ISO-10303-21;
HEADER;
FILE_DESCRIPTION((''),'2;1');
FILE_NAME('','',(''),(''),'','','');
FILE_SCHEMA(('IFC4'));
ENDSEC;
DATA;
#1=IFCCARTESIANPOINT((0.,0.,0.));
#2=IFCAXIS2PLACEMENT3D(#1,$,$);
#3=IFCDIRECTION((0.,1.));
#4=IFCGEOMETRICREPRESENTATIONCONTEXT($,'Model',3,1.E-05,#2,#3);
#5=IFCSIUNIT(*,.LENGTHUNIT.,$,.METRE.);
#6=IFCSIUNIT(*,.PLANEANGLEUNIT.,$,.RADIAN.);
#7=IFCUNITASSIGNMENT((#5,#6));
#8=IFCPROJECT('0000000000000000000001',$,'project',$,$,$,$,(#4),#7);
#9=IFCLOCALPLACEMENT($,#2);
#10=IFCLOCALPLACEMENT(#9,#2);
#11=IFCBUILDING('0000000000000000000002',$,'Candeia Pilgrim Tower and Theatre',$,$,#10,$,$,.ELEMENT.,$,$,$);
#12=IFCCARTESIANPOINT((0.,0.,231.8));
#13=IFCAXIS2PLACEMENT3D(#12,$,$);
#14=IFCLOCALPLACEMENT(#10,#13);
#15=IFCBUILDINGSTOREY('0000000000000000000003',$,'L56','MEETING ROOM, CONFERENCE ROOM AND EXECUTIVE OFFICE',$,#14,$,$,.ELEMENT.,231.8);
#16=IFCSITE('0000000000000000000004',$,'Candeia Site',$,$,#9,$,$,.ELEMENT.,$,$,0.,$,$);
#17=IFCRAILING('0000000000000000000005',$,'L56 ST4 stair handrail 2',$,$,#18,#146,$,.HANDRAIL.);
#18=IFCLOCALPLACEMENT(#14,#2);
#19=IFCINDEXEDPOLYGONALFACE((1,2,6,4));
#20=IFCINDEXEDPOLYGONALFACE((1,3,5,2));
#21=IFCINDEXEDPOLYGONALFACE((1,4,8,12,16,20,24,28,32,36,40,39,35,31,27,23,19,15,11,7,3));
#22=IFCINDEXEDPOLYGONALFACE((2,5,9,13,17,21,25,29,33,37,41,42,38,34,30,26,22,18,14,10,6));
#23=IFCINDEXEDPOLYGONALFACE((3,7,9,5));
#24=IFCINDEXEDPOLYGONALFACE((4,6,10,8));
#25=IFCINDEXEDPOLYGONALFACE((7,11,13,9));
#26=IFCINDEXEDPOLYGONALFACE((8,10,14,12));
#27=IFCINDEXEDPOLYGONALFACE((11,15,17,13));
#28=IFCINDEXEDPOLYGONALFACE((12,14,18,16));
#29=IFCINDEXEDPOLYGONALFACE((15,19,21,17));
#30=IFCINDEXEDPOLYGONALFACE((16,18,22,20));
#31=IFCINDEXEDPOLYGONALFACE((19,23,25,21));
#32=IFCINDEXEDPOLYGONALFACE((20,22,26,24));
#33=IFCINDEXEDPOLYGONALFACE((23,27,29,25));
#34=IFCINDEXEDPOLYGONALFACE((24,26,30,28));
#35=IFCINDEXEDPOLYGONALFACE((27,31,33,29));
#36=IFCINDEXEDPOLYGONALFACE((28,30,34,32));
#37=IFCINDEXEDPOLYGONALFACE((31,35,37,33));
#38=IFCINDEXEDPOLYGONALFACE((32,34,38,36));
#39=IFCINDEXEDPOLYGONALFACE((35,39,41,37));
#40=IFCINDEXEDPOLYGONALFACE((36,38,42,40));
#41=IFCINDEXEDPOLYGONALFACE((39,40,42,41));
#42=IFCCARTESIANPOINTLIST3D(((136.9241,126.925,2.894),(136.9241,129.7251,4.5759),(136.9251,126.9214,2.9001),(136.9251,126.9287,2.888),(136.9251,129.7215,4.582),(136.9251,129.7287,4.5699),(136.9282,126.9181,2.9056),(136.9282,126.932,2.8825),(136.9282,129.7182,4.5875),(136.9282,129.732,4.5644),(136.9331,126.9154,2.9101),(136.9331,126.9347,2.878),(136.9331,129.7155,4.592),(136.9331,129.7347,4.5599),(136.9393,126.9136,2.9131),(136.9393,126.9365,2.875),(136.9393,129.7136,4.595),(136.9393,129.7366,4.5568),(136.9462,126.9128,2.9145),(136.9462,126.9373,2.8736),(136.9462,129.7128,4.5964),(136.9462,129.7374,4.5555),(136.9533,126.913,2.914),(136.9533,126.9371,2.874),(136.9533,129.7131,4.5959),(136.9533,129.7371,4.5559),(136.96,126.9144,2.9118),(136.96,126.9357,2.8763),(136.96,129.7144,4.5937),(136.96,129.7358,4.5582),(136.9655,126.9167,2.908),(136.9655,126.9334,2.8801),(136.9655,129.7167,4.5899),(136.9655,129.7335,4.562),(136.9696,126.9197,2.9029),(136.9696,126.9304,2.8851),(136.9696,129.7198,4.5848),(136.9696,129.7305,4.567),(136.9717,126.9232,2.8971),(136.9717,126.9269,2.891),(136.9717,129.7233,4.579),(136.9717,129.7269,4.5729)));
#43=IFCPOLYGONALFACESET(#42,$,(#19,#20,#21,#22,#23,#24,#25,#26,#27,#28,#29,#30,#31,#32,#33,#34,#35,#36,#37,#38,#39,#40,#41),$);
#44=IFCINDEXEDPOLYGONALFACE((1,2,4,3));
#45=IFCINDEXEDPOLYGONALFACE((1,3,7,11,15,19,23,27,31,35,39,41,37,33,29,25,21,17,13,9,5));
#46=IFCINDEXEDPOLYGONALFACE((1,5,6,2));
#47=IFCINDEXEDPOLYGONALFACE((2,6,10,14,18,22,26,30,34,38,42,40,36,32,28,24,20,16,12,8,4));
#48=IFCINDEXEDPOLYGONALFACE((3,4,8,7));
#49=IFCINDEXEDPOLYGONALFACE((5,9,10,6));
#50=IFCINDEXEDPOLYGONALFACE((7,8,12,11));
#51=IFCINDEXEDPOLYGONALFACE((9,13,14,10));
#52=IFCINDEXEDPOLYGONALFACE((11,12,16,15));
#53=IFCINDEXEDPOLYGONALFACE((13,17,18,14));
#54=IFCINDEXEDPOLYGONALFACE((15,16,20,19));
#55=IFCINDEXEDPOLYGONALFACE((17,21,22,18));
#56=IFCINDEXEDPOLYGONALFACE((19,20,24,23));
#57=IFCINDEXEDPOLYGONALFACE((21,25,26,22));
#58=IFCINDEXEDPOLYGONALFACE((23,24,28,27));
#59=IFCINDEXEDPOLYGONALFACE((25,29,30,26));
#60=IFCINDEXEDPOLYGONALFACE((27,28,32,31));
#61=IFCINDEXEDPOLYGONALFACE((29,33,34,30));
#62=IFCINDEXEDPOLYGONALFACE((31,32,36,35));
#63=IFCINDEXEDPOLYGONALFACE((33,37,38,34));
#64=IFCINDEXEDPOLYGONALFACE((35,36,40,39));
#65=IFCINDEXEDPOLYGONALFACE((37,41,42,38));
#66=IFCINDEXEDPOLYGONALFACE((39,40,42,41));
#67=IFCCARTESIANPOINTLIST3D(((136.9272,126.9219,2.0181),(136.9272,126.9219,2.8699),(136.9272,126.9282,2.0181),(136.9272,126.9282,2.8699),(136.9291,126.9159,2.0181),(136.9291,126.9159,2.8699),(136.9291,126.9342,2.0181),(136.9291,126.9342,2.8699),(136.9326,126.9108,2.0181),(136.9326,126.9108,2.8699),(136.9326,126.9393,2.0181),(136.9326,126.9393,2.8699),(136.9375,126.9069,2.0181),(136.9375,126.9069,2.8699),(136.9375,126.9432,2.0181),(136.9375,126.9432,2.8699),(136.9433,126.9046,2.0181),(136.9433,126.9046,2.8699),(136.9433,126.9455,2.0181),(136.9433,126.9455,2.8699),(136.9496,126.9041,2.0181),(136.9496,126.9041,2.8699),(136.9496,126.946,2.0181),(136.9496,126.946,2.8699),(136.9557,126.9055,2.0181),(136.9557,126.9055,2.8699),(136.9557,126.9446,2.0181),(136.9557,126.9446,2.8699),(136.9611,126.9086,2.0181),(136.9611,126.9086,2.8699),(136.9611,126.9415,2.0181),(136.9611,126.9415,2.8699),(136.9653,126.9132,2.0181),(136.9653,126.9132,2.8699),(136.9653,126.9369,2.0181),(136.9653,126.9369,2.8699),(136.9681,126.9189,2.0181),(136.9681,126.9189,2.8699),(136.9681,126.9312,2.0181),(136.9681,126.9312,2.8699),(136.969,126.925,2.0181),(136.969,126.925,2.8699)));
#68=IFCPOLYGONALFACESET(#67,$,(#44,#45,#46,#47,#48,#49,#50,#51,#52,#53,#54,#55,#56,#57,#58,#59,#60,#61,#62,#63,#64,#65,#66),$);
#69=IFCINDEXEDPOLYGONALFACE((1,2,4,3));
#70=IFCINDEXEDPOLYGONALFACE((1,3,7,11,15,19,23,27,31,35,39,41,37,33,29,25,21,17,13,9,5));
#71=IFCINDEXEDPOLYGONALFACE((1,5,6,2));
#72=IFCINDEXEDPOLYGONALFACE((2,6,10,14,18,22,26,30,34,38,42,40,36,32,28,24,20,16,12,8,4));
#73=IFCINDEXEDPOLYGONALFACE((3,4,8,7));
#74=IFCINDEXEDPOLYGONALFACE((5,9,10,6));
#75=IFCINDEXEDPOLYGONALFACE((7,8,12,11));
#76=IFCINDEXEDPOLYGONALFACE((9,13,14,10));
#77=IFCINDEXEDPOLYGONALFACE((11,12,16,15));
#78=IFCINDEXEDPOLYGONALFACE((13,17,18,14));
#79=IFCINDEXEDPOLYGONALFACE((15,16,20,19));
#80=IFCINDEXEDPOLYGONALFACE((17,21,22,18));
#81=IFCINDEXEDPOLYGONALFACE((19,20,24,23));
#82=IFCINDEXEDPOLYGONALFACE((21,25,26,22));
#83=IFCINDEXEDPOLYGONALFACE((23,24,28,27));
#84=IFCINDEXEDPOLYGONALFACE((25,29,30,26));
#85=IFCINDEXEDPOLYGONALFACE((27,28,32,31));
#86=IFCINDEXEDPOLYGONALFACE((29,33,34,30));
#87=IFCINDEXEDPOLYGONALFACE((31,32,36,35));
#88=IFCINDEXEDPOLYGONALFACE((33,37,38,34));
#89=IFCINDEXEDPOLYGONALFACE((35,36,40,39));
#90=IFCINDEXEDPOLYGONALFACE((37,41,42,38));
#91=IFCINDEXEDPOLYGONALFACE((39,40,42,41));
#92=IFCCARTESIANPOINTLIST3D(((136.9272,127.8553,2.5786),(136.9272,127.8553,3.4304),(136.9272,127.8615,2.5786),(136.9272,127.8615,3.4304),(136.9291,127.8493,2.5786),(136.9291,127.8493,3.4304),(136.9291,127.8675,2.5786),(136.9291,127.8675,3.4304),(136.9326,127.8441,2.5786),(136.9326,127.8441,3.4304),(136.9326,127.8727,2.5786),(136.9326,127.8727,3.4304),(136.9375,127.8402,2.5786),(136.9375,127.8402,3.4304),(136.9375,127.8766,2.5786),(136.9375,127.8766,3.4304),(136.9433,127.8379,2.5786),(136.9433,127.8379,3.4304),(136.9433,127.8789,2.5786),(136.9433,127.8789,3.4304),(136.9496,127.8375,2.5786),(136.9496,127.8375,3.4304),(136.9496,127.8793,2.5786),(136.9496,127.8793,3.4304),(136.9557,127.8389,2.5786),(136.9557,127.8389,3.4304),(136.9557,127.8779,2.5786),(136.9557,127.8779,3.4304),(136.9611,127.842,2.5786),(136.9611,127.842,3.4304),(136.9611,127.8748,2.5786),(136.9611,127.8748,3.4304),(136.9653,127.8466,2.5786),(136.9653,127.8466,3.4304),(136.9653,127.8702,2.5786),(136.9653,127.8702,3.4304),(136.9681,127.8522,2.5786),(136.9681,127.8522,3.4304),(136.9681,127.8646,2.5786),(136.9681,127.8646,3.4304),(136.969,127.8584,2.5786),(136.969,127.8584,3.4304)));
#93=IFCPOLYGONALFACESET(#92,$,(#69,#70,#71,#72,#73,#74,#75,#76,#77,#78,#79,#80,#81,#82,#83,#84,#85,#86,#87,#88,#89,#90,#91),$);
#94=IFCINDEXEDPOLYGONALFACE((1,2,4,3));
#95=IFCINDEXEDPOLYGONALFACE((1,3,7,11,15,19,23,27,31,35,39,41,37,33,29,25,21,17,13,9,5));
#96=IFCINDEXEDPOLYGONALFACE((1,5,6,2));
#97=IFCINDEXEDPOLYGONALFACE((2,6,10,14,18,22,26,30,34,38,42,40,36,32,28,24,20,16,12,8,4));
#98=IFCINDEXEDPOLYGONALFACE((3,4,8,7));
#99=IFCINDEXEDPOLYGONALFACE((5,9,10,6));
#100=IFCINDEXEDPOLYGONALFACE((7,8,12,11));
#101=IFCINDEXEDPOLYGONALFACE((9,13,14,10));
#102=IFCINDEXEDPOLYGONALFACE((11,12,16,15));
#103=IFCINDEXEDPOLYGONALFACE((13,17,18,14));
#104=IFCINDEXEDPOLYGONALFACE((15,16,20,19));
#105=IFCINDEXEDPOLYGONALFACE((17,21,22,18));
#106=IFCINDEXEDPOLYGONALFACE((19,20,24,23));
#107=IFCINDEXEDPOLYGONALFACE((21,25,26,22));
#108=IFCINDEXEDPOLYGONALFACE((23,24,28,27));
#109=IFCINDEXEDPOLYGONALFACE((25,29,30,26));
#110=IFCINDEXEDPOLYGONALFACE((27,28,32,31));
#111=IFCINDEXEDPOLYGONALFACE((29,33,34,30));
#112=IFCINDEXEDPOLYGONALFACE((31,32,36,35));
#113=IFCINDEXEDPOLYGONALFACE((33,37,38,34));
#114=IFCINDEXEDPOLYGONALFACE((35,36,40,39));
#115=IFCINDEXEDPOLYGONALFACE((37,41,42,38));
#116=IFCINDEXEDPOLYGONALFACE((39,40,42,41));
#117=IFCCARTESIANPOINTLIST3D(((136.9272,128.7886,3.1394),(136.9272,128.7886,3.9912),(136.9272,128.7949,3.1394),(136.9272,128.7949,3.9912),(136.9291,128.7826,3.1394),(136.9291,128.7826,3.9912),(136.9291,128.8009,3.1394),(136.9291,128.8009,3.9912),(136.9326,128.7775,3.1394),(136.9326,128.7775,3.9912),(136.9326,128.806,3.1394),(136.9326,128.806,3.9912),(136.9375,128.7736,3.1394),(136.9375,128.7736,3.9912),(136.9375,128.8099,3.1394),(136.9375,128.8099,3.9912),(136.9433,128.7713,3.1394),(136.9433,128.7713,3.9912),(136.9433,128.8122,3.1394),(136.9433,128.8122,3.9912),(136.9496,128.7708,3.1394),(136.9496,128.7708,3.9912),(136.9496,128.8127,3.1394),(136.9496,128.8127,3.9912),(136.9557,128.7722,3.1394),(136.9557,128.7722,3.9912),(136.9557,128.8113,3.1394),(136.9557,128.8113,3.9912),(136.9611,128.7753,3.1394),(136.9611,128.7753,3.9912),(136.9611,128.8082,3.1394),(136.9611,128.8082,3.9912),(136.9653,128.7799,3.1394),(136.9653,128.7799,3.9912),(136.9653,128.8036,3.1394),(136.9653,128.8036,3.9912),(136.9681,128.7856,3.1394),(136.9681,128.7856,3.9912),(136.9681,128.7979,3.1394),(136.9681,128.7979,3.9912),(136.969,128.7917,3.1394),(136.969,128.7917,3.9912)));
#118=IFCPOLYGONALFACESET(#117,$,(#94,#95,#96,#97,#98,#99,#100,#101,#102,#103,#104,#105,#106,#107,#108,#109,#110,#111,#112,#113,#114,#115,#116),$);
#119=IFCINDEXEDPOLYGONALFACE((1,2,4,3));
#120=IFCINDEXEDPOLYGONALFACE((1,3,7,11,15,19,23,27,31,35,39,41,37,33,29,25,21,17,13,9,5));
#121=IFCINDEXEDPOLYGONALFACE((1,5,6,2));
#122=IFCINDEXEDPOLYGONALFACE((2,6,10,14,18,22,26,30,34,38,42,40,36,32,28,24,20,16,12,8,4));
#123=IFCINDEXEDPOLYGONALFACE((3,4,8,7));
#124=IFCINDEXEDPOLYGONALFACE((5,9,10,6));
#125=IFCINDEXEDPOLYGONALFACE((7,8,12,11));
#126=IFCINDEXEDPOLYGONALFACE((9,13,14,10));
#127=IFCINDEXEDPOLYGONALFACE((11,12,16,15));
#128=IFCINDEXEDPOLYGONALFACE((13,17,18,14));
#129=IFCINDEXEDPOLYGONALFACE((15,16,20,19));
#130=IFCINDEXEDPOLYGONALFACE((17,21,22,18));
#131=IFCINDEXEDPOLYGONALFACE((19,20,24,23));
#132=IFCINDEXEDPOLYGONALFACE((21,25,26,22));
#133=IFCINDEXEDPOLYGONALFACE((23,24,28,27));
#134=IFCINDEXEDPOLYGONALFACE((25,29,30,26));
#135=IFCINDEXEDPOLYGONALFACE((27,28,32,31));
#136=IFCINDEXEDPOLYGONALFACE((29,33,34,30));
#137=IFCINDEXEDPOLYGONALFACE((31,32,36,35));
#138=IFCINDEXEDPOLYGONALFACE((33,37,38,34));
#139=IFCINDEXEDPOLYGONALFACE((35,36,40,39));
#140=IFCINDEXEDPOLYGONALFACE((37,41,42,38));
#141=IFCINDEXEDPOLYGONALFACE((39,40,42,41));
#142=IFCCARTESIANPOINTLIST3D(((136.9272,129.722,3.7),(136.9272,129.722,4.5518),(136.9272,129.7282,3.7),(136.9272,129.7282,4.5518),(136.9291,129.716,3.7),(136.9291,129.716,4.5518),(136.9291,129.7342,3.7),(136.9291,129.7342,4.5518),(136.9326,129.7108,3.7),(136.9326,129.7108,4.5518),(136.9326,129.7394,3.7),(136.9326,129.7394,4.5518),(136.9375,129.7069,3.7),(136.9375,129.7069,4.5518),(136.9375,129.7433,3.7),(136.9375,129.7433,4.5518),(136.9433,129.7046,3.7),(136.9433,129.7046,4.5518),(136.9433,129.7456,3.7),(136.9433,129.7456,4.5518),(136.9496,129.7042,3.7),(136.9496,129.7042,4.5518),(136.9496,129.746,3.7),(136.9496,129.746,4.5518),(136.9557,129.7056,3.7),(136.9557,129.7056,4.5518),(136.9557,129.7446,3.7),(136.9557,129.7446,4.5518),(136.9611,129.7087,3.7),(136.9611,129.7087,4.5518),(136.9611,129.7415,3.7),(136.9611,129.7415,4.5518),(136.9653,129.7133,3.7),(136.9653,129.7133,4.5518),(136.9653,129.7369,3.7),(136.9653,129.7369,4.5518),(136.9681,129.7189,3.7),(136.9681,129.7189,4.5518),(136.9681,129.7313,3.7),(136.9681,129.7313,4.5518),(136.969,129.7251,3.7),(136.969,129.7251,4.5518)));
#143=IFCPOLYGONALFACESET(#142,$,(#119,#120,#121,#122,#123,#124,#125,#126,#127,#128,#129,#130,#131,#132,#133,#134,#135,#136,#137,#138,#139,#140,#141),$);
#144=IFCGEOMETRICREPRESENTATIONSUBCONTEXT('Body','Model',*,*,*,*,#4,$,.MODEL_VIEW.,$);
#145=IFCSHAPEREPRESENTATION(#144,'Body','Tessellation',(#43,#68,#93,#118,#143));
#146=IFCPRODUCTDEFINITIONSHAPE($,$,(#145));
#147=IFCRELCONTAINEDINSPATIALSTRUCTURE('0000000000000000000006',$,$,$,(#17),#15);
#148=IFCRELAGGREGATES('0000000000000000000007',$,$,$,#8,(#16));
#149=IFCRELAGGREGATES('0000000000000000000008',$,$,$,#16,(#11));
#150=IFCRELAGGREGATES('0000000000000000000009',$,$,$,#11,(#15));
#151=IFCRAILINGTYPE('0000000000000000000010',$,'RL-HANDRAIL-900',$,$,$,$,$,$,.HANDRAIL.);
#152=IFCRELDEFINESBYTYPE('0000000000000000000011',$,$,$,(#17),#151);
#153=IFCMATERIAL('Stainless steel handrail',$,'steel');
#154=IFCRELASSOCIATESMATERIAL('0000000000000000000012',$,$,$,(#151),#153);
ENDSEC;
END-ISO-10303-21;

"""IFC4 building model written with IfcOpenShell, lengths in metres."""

from ifc_helpers import new_model, si_unit, direction, frame, origin, origin_2d, place, context, subcontext, project, spatial, circle, extrude, material, type_object, element, save


model = new_model("IFC4")

# Units and contexts
model_context = context("Model", 3, precision=1e-05, world=origin(), true_north=direction((0.0, 1.0)))
body_context = subcontext(model_context, "Body", "Model", "MODEL_VIEW")
ifc_project = project(units=[si_unit("LENGTHUNIT", "METRE"), si_unit("PLANEANGLEUNIT", "RADIAN")], contexts=[model_context])

# Site, building, storey
site_placement = place(None, origin())
site = spatial("IfcSite", under=ifc_project, at=site_placement, Name="Candeia Site", CompositionType="ELEMENT", RefElevation=0.0)
building_placement = place(site_placement, origin())
building = spatial("IfcBuilding", under=site, at=building_placement, Name="Candeia Pilgrim Tower and Theatre", CompositionType="ELEMENT")
storey_placement = place(building_placement, frame((0.0, 0.0, 231.8)))
storey = spatial("IfcBuildingStorey", under=building, at=storey_placement, Name="L56", Description="MEETING ROOM, CONFERENCE ROOM AND EXECUTIVE OFFICE", CompositionType="ELEMENT", Elevation=231.8)

# Railing
ifc_material_1 = material(Name="Stainless steel handrail", Category="steel")
railing_type_1 = type_object("IfcRailingType", Name="RL-HANDRAIL-900", PredefinedType="HANDRAIL", material=ifc_material_1)
railing_1_placement = place(storey_placement, frame((136.948, 126.925, 2.0181)))
element("IfcRailing", 1, at=railing_1_placement, inside=storey, type_object=railing_type_1, Name="L56 ST4 stair handrail 2", PredefinedType="HANDRAIL", context=body_context, shape_type="SweptSolid", body=[
    extrude(circle(Radius=0.0239, at=origin_2d()), frame((0.0, 0.0, 0.876), z_axis=(0.0, 0.857242, 0.514913), x_axis=(-1.0, 0.0, 0.0)), (0.0, 0.0, 1.0), 3.2664),
    extrude(circle(Radius=0.021, at=origin_2d()), origin(), (0.0, 0.0, 1.0), 0.8518),
    extrude(circle(Radius=0.021, at=origin_2d()), frame((0.0, 0.9333, 0.5605)), (0.0, 0.0, 1.0), 0.8518),
    extrude(circle(Radius=0.021, at=origin_2d()), frame((0.0, 1.8667, 1.1213)), (0.0, 0.0, 1.0), 0.8518),
    extrude(circle(Radius=0.021, at=origin_2d()), frame((0.0, 2.8, 1.6819)), (0.0, 0.0, 1.0), 0.8518),
])

save(model, "model.ifc")
